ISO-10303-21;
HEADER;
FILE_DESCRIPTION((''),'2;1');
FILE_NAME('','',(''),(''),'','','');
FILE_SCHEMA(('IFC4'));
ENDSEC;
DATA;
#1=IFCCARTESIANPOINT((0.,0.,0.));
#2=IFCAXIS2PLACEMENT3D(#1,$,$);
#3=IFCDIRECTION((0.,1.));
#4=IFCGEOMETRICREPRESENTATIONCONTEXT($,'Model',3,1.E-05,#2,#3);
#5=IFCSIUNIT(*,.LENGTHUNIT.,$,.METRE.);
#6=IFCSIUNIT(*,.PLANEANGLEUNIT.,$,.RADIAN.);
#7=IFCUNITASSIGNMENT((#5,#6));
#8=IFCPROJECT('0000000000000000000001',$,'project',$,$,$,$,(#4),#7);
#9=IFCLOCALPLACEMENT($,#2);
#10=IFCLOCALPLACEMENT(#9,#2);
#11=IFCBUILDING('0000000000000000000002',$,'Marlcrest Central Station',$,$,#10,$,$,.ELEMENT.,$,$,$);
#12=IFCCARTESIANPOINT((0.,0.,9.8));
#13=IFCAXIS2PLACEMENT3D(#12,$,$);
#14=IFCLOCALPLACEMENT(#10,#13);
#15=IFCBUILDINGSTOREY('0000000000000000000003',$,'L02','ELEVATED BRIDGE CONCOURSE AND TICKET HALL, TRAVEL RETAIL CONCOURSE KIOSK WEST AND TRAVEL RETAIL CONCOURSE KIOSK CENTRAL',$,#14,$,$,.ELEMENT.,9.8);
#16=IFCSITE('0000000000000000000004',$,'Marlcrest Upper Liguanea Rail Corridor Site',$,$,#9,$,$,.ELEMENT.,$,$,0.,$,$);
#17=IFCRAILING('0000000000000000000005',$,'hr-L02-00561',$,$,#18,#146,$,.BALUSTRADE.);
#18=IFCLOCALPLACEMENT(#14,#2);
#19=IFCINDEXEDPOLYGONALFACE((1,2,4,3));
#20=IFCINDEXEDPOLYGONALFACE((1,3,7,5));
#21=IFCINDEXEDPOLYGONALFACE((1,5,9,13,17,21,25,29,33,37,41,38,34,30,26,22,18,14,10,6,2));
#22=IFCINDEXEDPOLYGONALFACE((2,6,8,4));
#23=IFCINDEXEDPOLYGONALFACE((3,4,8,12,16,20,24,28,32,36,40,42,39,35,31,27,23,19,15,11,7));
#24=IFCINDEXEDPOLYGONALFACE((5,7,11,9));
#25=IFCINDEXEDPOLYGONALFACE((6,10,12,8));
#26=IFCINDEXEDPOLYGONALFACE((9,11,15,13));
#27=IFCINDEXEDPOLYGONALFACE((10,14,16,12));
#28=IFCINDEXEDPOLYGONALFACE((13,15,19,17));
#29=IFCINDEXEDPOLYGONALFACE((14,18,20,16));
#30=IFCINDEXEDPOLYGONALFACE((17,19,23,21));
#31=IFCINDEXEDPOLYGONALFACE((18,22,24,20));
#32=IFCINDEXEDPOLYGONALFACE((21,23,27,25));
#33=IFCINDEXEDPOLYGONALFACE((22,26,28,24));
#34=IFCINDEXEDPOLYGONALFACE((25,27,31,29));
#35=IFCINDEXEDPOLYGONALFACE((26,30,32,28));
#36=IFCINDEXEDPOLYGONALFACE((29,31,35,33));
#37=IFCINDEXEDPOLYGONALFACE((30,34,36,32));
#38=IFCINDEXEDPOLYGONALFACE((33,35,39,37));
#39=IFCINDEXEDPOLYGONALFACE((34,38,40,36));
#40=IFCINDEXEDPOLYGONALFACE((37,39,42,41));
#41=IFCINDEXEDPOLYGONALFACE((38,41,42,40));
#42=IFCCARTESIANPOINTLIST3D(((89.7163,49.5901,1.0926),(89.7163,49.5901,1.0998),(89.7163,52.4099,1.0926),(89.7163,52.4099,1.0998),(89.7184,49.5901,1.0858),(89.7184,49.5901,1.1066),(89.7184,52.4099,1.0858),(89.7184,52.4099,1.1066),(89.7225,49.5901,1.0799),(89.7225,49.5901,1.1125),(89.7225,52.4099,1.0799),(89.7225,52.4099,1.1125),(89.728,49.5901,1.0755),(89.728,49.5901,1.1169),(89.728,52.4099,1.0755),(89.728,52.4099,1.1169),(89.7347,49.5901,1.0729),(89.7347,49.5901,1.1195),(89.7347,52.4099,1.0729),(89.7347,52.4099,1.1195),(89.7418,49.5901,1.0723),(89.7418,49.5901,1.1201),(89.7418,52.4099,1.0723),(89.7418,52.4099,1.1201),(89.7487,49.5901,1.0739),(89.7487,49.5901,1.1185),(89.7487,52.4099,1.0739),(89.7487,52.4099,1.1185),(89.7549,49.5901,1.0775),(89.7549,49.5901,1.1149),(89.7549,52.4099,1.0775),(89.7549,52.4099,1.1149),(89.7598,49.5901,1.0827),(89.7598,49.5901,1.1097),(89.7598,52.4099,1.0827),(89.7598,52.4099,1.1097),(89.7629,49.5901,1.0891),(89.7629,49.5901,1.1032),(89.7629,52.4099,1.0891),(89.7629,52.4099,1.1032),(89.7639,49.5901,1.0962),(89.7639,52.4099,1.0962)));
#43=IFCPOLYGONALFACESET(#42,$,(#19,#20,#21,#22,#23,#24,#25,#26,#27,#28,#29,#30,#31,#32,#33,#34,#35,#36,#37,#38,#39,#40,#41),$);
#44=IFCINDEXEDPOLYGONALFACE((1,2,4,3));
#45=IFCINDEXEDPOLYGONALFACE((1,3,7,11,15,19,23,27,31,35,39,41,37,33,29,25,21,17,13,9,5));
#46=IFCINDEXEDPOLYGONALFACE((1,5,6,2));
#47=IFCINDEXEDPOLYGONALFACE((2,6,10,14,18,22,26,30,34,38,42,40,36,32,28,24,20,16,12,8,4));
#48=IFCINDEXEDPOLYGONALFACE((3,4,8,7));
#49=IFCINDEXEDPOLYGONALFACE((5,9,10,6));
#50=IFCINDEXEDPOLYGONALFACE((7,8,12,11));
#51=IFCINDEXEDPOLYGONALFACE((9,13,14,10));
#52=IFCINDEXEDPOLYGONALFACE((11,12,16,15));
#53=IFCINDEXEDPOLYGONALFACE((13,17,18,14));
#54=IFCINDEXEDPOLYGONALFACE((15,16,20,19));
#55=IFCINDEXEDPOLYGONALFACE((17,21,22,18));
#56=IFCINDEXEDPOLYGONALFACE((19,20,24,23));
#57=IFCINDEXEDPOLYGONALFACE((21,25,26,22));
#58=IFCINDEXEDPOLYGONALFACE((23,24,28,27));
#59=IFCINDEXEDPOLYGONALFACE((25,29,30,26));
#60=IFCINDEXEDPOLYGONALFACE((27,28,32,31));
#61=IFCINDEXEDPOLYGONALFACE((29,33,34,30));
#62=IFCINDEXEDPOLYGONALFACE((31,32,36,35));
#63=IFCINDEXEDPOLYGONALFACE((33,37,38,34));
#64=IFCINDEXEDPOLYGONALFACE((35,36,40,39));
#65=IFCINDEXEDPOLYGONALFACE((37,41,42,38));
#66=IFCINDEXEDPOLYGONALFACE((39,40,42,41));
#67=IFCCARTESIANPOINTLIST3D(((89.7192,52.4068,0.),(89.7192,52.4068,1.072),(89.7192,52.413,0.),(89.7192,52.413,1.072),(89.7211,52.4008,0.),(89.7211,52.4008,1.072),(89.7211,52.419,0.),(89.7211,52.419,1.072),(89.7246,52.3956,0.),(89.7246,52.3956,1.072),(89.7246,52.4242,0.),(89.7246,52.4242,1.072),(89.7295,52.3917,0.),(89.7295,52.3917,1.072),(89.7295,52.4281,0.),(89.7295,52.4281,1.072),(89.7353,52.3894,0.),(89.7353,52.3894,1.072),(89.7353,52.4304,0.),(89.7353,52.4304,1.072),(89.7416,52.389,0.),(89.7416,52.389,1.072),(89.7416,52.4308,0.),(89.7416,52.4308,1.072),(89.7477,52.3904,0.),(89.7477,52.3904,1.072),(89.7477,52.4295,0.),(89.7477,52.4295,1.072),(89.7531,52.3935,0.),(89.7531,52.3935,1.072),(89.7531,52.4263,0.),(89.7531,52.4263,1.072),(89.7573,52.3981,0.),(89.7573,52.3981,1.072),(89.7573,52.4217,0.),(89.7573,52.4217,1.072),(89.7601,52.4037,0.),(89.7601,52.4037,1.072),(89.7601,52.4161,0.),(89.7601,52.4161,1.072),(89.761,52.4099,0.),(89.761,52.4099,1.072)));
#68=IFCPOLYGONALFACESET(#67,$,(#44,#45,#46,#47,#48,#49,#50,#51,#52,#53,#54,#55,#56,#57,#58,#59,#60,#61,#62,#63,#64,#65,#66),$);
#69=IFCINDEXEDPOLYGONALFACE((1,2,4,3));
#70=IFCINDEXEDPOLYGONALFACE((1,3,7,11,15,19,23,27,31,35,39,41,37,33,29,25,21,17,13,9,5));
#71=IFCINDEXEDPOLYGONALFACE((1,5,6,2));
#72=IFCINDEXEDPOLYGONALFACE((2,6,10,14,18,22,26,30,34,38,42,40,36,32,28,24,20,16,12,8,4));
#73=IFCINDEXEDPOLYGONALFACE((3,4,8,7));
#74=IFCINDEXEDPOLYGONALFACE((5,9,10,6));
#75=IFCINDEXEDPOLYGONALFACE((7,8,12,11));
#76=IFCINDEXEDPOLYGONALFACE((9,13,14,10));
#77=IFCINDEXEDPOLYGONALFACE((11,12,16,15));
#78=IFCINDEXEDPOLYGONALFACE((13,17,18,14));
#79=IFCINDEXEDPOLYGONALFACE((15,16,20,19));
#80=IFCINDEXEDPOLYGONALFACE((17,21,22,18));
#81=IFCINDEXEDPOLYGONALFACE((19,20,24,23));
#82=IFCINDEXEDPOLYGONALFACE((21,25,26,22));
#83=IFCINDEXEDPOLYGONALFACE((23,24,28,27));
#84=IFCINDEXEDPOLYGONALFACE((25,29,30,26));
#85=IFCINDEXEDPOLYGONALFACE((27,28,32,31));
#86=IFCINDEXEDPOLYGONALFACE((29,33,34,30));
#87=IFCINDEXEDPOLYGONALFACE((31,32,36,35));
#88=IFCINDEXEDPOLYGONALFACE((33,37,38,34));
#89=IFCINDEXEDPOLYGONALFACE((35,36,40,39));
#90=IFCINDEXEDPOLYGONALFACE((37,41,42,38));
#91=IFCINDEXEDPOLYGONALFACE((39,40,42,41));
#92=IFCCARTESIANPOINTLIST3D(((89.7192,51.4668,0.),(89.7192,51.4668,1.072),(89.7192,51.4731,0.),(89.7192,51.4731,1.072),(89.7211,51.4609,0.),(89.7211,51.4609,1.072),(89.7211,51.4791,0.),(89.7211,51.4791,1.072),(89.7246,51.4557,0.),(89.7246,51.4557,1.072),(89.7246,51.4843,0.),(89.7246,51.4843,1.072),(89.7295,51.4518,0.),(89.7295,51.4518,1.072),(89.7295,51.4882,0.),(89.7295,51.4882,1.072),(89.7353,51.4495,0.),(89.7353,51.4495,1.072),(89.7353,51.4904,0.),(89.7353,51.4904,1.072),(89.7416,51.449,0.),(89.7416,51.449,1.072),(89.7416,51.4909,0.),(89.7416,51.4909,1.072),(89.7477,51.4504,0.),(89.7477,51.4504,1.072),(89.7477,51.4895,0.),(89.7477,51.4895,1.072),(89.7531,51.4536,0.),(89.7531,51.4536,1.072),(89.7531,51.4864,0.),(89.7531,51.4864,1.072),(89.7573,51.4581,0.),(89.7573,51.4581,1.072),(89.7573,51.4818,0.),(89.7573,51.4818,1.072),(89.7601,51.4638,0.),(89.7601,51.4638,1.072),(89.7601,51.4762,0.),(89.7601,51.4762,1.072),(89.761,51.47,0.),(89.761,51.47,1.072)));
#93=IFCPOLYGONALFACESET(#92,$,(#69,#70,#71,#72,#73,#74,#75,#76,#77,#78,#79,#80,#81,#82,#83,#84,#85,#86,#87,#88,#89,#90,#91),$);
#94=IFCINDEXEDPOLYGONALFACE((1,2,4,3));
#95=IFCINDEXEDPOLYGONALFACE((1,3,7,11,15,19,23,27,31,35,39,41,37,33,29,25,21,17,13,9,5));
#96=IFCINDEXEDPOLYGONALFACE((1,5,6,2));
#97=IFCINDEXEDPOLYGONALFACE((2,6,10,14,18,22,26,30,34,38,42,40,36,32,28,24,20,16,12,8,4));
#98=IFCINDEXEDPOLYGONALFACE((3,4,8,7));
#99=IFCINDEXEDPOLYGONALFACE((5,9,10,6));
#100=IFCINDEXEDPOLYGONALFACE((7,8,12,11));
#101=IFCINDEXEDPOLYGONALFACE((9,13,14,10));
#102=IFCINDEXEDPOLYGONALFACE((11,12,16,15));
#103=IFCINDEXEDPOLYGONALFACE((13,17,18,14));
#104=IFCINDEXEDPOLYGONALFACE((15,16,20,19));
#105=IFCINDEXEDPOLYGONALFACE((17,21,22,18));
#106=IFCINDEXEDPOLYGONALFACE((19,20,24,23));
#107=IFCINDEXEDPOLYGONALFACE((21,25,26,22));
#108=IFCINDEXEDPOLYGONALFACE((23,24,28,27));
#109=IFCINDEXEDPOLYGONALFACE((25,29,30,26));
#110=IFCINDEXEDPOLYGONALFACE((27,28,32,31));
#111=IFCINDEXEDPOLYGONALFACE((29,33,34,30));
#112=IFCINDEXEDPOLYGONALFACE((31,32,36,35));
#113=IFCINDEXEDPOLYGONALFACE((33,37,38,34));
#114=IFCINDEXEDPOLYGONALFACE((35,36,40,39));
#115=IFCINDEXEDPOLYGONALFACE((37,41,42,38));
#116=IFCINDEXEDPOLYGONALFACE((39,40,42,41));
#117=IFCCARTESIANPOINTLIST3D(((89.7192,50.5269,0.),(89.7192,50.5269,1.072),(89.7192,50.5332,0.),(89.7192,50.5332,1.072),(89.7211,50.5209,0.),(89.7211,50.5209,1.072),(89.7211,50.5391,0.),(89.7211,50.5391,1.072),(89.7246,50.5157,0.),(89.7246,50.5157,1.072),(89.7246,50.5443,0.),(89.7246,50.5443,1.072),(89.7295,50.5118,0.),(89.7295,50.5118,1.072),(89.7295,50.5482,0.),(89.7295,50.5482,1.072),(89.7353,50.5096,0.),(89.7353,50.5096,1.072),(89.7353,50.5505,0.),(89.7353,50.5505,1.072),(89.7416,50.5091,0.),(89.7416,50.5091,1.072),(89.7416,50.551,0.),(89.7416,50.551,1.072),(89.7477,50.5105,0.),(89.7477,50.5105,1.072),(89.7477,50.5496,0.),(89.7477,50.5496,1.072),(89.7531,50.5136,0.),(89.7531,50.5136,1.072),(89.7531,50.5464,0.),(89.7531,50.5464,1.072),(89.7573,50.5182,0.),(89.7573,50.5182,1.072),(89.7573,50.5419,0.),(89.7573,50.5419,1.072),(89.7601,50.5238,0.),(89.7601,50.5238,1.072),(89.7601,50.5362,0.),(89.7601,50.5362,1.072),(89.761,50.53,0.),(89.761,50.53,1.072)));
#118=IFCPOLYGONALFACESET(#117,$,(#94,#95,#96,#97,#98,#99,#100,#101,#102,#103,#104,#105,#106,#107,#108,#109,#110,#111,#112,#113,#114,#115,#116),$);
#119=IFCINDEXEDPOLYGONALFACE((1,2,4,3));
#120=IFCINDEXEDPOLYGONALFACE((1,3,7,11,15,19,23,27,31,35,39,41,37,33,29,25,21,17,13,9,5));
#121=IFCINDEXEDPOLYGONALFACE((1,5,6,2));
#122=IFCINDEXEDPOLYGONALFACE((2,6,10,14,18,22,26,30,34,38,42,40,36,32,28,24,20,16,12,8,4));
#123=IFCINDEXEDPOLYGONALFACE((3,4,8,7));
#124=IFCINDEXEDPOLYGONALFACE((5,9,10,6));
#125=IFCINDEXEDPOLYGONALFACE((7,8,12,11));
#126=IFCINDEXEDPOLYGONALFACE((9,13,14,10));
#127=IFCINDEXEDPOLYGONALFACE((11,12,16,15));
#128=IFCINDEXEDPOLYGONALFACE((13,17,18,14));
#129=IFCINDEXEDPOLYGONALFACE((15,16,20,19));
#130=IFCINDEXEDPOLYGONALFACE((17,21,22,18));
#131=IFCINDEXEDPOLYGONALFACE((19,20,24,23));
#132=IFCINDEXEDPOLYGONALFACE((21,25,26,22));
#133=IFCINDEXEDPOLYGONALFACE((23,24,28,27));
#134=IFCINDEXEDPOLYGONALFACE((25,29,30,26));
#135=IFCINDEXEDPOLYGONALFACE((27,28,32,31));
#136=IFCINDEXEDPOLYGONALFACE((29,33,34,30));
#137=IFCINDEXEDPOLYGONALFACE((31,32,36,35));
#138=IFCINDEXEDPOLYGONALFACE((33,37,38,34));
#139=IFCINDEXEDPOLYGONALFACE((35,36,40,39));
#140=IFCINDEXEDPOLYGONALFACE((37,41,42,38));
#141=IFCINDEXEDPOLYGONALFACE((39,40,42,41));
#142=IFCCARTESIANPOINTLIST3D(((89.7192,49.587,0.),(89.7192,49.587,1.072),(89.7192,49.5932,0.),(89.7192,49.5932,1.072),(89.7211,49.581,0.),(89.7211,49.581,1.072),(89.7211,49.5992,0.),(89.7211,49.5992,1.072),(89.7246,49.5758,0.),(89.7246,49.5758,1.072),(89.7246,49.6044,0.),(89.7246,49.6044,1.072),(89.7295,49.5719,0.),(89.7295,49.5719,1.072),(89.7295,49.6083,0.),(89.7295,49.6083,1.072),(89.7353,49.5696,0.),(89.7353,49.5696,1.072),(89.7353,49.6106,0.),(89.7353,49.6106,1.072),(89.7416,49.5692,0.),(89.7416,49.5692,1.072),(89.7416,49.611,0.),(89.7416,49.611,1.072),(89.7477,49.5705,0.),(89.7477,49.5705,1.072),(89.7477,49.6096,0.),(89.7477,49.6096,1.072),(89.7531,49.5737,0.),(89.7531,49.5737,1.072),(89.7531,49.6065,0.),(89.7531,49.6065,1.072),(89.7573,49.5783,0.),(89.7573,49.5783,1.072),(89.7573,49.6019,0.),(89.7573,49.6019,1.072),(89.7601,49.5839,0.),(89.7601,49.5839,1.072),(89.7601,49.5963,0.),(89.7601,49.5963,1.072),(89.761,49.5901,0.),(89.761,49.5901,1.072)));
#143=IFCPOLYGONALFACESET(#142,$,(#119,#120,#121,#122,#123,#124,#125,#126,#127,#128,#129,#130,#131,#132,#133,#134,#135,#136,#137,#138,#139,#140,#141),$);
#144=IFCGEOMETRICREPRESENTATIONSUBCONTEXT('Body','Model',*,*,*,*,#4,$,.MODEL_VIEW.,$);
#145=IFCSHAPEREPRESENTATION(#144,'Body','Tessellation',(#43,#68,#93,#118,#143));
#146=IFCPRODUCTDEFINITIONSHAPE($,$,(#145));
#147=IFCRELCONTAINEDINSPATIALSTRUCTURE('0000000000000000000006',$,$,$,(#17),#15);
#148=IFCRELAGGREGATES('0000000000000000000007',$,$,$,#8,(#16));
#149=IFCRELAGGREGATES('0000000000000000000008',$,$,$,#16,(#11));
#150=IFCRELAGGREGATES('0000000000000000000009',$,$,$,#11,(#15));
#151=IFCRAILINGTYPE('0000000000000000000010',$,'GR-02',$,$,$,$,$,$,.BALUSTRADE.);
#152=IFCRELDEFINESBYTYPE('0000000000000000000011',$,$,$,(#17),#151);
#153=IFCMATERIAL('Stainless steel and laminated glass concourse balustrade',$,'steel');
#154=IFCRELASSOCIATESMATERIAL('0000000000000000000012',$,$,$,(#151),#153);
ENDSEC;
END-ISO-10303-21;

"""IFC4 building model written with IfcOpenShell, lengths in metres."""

from ifc_helpers import new_model, si_unit, direction, frame, origin, origin_2d, place, context, subcontext, project, spatial, circle, extrude, material, type_object, element, save


model = new_model("IFC4")

# Units and contexts
model_context = context("Model", 3, precision=1e-05, world=origin(), true_north=direction((0.0, 1.0)))
body_context = subcontext(model_context, "Body", "Model", "MODEL_VIEW")
ifc_project = project(units=[si_unit("LENGTHUNIT", "METRE"), si_unit("PLANEANGLEUNIT", "RADIAN")], contexts=[model_context])

# Site, building, storey
site_placement = place(None, origin())
site = spatial("IfcSite", under=ifc_project, at=site_placement, Name="Marlcrest Upper Liguanea Rail Corridor Site", CompositionType="ELEMENT", RefElevation=0.0)
building_placement = place(site_placement, origin())
building = spatial("IfcBuilding", under=site, at=building_placement, Name="Marlcrest Central Station", CompositionType="ELEMENT")
storey_placement = place(building_placement, frame((0.0, 0.0, 9.8)))
storey = spatial("IfcBuildingStorey", under=building, at=storey_placement, Name="L02", Description="ELEVATED BRIDGE CONCOURSE AND TICKET HALL, TRAVEL RETAIL CONCOURSE KIOSK WEST AND TRAVEL RETAIL CONCOURSE KIOSK CENTRAL", CompositionType="ELEMENT", Elevation=9.8)

# Railing
ifc_material_1 = material(Name="Stainless steel and laminated glass concourse balustrade", Category="steel")
railing_type = type_object("IfcRailingType", Name="GR-02", PredefinedType="BALUSTRADE", material=ifc_material_1)
railing_1_placement = place(storey_placement, frame((89.74, 52.4099, 0.0)))
element("IfcRailing", 1, at=railing_1_placement, inside=storey, type_object=railing_type, Name="hr-L02-00561", PredefinedType="BALUSTRADE", context=body_context, shape_type="SweptSolid", body=[
    extrude(circle(Radius=0.0239, at=origin_2d()), frame((0.0, 0.0, 1.0962), z_axis=(0.0, -1.0, 0.0), x_axis=(1.0, 0.0, 0.0)), (0.0, 0.0, 1.0), 2.8198),
    extrude(circle(Radius=0.021, at=origin_2d()), origin(), (0.0, 0.0, 1.0), 1.072),
    extrude(circle(Radius=0.021, at=origin_2d()), frame((0.0, -0.9399, 0.0)), (0.0, 0.0, 1.0), 1.072),
    extrude(circle(Radius=0.021, at=origin_2d()), frame((0.0, -1.8799, 0.0)), (0.0, 0.0, 1.0), 1.072),
    extrude(circle(Radius=0.021, at=origin_2d()), frame((0.0, -2.8198, 0.0)), (0.0, 0.0, 1.0), 1.072),
])

save(model, "model.ifc")
